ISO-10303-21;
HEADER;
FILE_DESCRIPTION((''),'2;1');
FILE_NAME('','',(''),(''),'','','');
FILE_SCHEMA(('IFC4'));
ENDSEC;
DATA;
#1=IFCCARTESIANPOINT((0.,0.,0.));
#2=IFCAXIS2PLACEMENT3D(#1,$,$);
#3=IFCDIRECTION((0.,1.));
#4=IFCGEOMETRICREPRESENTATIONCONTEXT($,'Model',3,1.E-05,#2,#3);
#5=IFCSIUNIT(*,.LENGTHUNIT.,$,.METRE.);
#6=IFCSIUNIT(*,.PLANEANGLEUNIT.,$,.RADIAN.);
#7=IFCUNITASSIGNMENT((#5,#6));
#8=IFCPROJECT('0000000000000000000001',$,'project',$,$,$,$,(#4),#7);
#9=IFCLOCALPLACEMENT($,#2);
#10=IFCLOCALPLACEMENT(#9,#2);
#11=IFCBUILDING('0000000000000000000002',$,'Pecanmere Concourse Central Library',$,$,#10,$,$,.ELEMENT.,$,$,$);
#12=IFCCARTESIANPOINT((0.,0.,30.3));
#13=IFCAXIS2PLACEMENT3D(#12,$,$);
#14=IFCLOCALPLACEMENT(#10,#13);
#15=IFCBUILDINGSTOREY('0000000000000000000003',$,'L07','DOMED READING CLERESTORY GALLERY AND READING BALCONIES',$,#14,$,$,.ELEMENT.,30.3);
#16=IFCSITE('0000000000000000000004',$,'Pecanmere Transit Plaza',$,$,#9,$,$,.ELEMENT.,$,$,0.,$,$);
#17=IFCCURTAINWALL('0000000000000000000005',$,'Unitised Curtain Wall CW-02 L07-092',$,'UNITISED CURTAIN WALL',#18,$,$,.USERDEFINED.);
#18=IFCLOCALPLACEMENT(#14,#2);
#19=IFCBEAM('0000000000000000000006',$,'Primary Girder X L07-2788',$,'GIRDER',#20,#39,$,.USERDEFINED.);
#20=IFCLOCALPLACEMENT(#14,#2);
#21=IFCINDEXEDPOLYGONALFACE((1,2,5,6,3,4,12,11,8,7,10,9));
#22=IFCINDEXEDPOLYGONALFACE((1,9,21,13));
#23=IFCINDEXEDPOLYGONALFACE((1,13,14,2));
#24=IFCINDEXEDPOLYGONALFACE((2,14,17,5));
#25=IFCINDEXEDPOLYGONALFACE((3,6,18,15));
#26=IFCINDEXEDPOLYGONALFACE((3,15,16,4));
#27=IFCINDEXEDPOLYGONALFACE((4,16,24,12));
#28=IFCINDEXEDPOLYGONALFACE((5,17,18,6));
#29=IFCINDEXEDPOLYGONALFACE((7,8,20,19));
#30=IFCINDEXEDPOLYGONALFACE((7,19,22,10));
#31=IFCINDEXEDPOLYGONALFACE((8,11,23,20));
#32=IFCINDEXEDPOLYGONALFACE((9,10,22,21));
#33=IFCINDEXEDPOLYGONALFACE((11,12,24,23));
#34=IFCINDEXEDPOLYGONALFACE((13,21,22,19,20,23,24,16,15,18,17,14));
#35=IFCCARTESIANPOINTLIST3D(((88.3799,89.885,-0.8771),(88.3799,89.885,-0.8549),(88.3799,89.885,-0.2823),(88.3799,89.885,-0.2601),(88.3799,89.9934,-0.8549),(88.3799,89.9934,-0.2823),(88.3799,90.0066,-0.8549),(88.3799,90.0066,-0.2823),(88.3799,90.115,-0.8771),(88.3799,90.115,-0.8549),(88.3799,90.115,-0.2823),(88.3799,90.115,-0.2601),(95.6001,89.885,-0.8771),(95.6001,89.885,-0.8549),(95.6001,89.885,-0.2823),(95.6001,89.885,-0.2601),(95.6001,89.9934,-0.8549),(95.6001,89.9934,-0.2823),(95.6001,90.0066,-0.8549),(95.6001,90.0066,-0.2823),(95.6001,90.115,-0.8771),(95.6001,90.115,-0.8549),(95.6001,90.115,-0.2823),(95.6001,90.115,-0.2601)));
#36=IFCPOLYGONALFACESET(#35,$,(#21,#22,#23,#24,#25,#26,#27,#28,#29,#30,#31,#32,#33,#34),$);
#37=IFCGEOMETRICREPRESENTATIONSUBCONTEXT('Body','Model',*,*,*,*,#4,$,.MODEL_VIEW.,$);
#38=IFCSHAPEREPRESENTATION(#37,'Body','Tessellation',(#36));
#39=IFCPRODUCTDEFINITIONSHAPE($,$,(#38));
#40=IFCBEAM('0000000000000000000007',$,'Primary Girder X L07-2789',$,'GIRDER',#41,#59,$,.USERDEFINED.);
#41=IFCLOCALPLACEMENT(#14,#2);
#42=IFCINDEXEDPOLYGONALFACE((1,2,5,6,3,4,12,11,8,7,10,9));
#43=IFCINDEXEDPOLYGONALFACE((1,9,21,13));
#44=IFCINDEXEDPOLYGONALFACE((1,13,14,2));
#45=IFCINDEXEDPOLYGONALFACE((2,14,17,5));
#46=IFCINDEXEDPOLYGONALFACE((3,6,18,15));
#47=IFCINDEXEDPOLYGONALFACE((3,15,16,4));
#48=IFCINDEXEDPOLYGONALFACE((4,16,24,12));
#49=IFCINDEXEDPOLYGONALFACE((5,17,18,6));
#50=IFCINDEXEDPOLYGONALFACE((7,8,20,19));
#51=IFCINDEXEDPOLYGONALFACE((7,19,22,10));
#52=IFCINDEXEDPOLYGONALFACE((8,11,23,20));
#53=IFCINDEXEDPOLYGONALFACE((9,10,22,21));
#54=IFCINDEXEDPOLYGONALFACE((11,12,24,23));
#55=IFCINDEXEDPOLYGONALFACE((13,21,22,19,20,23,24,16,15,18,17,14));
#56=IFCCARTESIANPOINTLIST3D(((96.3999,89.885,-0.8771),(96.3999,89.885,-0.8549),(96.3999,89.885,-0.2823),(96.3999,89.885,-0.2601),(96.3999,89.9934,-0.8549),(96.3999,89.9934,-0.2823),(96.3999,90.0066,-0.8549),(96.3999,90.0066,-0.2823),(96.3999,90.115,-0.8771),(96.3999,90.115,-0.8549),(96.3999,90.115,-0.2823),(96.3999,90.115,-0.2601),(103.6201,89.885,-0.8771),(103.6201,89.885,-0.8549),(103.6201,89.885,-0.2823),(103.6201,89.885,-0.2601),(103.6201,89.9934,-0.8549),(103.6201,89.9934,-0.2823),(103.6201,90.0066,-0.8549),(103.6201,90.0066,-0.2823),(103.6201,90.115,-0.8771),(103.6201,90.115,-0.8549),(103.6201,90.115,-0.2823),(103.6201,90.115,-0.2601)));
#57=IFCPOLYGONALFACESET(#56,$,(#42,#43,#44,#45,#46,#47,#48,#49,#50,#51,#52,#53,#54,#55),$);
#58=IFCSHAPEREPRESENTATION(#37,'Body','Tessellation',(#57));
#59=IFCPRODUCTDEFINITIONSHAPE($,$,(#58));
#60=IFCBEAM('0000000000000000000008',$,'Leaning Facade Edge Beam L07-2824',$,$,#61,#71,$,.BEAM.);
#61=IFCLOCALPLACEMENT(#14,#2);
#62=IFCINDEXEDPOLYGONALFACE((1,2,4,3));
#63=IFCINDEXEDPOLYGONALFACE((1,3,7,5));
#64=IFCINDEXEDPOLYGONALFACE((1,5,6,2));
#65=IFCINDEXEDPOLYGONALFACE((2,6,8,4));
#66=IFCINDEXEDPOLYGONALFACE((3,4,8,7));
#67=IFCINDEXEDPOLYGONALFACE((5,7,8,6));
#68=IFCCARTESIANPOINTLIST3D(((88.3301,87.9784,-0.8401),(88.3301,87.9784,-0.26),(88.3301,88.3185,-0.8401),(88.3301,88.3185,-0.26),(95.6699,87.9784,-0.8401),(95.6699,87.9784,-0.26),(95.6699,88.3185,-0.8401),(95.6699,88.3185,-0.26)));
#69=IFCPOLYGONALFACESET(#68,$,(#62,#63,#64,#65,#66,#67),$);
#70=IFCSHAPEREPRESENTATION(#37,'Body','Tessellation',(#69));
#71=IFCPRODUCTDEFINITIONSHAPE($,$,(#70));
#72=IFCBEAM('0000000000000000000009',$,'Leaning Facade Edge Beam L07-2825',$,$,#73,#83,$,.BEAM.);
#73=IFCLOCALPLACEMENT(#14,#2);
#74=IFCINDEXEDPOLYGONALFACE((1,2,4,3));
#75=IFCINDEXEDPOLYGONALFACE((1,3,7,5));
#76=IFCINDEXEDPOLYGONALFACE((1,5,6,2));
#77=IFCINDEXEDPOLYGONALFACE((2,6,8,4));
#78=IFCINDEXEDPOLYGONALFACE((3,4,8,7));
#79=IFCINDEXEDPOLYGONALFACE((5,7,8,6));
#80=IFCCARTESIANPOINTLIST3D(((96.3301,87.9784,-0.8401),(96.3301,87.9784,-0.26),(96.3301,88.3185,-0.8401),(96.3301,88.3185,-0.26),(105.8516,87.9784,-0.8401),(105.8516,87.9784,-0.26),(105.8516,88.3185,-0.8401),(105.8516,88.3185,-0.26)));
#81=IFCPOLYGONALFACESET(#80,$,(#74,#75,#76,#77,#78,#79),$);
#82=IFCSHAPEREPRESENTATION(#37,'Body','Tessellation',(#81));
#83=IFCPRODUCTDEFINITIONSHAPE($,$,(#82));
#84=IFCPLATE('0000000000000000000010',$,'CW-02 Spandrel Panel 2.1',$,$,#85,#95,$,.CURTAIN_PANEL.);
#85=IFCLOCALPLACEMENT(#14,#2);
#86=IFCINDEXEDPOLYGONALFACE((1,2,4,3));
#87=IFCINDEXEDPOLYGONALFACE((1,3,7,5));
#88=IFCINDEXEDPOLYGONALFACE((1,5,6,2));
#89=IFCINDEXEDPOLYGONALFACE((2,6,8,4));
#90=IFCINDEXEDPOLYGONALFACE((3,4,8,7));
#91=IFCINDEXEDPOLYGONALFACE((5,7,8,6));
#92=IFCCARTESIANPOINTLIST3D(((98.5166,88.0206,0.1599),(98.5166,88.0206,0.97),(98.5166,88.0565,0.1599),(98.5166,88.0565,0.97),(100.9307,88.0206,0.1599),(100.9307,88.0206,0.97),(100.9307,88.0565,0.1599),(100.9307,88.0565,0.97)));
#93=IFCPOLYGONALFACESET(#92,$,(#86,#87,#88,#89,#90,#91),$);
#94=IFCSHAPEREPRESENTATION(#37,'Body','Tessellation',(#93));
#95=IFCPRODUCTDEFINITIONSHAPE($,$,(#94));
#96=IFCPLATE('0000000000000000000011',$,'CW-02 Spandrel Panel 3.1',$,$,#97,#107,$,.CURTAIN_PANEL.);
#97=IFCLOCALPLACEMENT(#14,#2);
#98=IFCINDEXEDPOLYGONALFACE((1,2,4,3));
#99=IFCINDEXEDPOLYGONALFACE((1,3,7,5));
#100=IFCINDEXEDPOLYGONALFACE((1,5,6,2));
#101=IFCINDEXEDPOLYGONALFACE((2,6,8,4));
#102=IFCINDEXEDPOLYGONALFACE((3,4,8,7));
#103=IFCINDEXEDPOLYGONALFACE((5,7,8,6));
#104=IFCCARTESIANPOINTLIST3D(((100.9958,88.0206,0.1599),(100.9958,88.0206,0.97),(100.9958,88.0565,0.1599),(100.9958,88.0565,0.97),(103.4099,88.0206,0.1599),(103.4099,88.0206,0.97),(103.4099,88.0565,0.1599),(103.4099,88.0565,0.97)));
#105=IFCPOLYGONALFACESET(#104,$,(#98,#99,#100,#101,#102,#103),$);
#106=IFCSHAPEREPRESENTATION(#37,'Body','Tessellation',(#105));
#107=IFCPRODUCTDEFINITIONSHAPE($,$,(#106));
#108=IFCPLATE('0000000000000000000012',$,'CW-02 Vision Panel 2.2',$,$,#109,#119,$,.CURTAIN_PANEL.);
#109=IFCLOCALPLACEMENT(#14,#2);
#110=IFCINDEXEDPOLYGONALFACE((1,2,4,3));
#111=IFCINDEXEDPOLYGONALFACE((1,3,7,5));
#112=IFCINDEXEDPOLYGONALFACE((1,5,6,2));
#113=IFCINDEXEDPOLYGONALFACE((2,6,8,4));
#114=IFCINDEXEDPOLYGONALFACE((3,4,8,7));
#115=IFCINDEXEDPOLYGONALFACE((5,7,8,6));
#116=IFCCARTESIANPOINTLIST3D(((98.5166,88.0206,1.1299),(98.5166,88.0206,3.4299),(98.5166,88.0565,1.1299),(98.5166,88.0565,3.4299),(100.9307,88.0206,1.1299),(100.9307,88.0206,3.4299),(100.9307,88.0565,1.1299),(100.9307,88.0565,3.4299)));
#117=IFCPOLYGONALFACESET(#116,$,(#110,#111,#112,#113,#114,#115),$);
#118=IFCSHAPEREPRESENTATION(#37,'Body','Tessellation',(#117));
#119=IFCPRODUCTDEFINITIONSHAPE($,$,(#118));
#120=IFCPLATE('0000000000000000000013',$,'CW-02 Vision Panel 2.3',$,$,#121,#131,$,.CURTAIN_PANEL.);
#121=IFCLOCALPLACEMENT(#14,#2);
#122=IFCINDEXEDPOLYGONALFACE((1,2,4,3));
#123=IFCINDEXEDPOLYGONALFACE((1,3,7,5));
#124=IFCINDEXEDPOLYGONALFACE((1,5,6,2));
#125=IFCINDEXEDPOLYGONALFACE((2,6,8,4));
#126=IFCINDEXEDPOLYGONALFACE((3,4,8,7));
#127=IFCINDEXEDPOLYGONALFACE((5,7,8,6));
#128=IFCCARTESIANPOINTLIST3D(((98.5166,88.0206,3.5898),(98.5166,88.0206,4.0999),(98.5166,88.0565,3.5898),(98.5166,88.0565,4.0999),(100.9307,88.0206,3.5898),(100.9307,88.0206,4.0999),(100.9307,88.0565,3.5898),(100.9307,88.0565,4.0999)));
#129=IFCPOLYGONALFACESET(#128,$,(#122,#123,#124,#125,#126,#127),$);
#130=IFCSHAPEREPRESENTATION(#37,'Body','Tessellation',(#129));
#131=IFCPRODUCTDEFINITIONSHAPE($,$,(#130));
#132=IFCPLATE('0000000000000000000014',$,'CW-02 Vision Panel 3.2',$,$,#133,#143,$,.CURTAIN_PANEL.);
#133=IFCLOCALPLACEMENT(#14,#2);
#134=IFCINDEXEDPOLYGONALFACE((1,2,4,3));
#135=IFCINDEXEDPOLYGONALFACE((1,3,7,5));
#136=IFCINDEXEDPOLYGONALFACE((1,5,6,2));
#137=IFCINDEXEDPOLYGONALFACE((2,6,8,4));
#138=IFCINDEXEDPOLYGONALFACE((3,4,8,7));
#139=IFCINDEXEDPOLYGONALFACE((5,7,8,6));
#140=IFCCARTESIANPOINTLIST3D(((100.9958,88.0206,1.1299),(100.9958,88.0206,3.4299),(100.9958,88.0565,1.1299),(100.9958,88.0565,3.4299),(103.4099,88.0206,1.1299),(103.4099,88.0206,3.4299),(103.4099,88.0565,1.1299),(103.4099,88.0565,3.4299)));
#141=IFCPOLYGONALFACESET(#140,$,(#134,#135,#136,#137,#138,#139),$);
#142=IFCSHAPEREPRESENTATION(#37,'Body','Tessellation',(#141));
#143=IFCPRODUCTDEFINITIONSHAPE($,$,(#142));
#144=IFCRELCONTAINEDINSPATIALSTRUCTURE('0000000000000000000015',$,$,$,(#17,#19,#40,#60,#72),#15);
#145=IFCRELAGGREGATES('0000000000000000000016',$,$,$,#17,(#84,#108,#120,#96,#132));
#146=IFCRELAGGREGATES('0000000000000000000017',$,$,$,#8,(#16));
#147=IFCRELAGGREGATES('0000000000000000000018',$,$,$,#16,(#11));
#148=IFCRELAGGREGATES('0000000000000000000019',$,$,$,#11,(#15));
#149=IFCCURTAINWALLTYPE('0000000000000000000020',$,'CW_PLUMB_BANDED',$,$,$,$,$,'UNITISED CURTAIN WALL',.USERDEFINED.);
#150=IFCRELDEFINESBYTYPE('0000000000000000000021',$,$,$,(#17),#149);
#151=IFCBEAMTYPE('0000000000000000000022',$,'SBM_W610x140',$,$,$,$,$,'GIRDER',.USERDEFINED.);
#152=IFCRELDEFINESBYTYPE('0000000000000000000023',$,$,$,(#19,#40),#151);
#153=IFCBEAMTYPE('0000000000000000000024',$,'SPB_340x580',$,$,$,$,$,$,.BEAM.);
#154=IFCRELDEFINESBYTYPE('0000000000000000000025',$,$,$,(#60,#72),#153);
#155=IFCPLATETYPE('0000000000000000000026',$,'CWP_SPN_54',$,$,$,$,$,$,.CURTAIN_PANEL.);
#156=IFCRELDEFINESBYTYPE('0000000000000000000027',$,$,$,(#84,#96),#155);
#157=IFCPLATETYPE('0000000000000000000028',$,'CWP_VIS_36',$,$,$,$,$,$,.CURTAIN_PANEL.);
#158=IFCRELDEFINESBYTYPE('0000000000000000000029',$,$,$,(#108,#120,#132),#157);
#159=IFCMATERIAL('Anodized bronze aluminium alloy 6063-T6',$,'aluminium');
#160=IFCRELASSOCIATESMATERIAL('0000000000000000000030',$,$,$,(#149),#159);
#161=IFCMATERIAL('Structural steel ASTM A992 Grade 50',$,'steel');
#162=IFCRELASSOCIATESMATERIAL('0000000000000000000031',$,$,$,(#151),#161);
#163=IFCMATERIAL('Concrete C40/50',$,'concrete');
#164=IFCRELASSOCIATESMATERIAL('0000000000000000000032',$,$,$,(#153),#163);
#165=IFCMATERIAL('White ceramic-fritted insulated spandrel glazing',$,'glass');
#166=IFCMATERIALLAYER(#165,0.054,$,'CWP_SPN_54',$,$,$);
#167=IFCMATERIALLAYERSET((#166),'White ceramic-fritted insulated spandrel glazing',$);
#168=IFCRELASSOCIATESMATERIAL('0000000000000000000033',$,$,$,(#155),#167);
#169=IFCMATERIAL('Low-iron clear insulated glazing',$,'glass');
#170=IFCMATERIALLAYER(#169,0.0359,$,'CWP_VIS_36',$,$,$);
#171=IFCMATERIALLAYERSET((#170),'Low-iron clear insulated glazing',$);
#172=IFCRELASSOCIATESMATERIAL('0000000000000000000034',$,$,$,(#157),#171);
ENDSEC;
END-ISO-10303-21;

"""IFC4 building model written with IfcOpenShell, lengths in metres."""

from ifc_helpers import new_model, si_unit, direction, frame, origin, origin_2d, place, context, subcontext, project, spatial, rectangle, i_section, extrude, material, layer, layer_set, material_profile, profile_set, type_object, element, aggregate, save


model = new_model("IFC4")

# Units and contexts
model_context = context("Model", 3, precision=1e-05, world=origin(), true_north=direction((0.0, 1.0)))
body_context = subcontext(model_context, "Body", "Model", "MODEL_VIEW")
ifc_project = project(units=[si_unit("LENGTHUNIT", "METRE"), si_unit("PLANEANGLEUNIT", "RADIAN")], contexts=[model_context])

# Site, building, storey
site_placement = place(None, origin())
site = spatial("IfcSite", under=ifc_project, at=site_placement, Name="Pecanmere Transit Plaza", CompositionType="ELEMENT", RefElevation=0.0)
building_placement = place(site_placement, origin())
building = spatial("IfcBuilding", under=site, at=building_placement, Name="Pecanmere Concourse Central Library", CompositionType="ELEMENT")
storey_placement = place(building_placement, frame((0.0, 0.0, 30.3)))
storey = spatial("IfcBuildingStorey", under=building, at=storey_placement, Name="L07", Description="DOMED READING CLERESTORY GALLERY AND READING BALCONIES", CompositionType="ELEMENT", Elevation=30.3)

# Curtain wall
ifc_material_1 = material(Name="Anodized bronze aluminium alloy 6063-T6", Category="aluminium")
curtain_wall_type = type_object("IfcCurtainWallType", Name="CW_PLUMB_BANDED", ElementType="UNITISED CURTAIN WALL", PredefinedType="USERDEFINED", material=ifc_material_1)
curtain_wall_placement = place(storey_placement, origin())
curtain_wall = element("IfcCurtainWall", 1, at=curtain_wall_placement, inside=storey, type_object=curtain_wall_type, Name="Unitised Curtain Wall CW-02 L07-092", ObjectType="UNITISED CURTAIN WALL", PredefinedType="USERDEFINED")

# Beams
ifc_material_2 = material(Name="Structural steel ASTM A992 Grade 50", Category="steel")
ifc_material_profile_1 = material_profile(ifc_material_2, i_section(OverallWidth=0.23, OverallDepth=0.6169, WebThickness=0.0132, FlangeThickness=0.0222, at=origin_2d()), Name="W610x140")
ifc_profile_set_1 = profile_set([ifc_material_profile_1], Name="Structural steel ASTM A992 Grade 50")
beam_type_1 = type_object("IfcBeamType", Name="SBM_W610x140", ElementType="GIRDER", PredefinedType="USERDEFINED", material=ifc_profile_set_1)
for number, where, z_axis, x_axis, name in (
    (2, (88.3799, 90.0, -0.5686), (1.0, 0.0, 0.0), (0.0, 1.0, 0.0), "Primary Girder X L07-2788"),
    (3, (96.3999, 90.0, -0.5686), (1.0, 0.0, 0.0), (0.0, 1.0, 0.0), "Primary Girder X L07-2789"),
):
    element("IfcBeam", number, at=place(storey_placement, frame(where, z_axis=z_axis, x_axis=x_axis)), inside=storey, type_object=beam_type_1, Name=name, ObjectType="GIRDER", PredefinedType="USERDEFINED", context=body_context, shape_type="SweptSolid", body=[
        extrude(i_section(OverallWidth=0.23, OverallDepth=0.6169, WebThickness=0.0132, FlangeThickness=0.0222, at=origin_2d()), origin(), (0.0, 0.0, 1.0), 7.2202),
    ])
ifc_material_3 = material(Name="Concrete C40/50", Category="concrete")
ifc_material_profile_2 = material_profile(ifc_material_3, rectangle(XDim=0.3401, YDim=0.5801, at=origin_2d()), Name="RC 340x580")
ifc_profile_set_2 = profile_set([ifc_material_profile_2], Name="Concrete C40/50")
beam_type_2 = type_object("IfcBeamType", Name="SPB_340x580", PredefinedType="BEAM", material=ifc_profile_set_2)
beam_1_placement = place(storey_placement, frame((88.3301, 88.1484, -0.55), z_axis=(1.0, 0.0, 0.0), x_axis=(0.0, 1.0, 0.0)))
element("IfcBeam", 4, at=beam_1_placement, inside=storey, type_object=beam_type_2, Name="Leaning Facade Edge Beam L07-2824", PredefinedType="BEAM", context=body_context, shape_type="SweptSolid", body=[
    extrude(rectangle(XDim=0.3401, YDim=0.5801, at=origin_2d()), origin(), (0.0, 0.0, 1.0), 7.3398),
])
beam_2_placement = place(storey_placement, frame((96.3301, 88.1484, -0.55), z_axis=(1.0, 0.0, 0.0), x_axis=(0.0, 1.0, 0.0)))
element("IfcBeam", 5, at=beam_2_placement, inside=storey, type_object=beam_type_2, Name="Leaning Facade Edge Beam L07-2825", PredefinedType="BEAM", context=body_context, shape_type="SweptSolid", body=[
    extrude(rectangle(XDim=0.3401, YDim=0.5801, at=origin_2d()), origin(), (0.0, 0.0, 1.0), 9.5215),
])

# Plates
ifc_material_4 = material(Name="White ceramic-fritted insulated spandrel glazing", Category="glass")
ifc_layer_1 = layer(ifc_material_4, 0.054, Name="CWP_SPN_54")
ifc_layer_set_1 = layer_set([ifc_layer_1], Name="White ceramic-fritted insulated spandrel glazing")
plate_type_1 = type_object("IfcPlateType", Name="CWP_SPN_54", PredefinedType="CURTAIN_PANEL", material=ifc_layer_set_1)
plate_1_placement = place(storey_placement, frame((99.7236, 88.0386, 0.1599), z_axis=(0.0, 0.0, 1.0), x_axis=(1.0, 0.0, 0.0)))
plate_1 = element("IfcPlate", 6, at=plate_1_placement, type_object=plate_type_1, Name="CW-02 Spandrel Panel 2.1", PredefinedType="CURTAIN_PANEL", context=body_context, shape_type="SweptSolid", body=[
    extrude(rectangle(XDim=2.4141, YDim=0.0359, at=origin_2d()), origin(), (0.0, 0.0, 1.0), 0.8101),
])
plate_2_placement = place(storey_placement, frame((102.2029, 88.0386, 0.1599), z_axis=(0.0, 0.0, 1.0), x_axis=(1.0, 0.0, 0.0)))
plate_2 = element("IfcPlate", 7, at=plate_2_placement, type_object=plate_type_1, Name="CW-02 Spandrel Panel 3.1", PredefinedType="CURTAIN_PANEL", context=body_context, shape_type="SweptSolid", body=[
    extrude(rectangle(XDim=2.4141, YDim=0.0359, at=origin_2d()), origin(), (0.0, 0.0, 1.0), 0.8101),
])
ifc_material_5 = material(Name="Low-iron clear insulated glazing", Category="glass")
ifc_layer_2 = layer(ifc_material_5, 0.0359, Name="CWP_VIS_36")
ifc_layer_set_2 = layer_set([ifc_layer_2], Name="Low-iron clear insulated glazing")
plate_type_2 = type_object("IfcPlateType", Name="CWP_VIS_36", PredefinedType="CURTAIN_PANEL", material=ifc_layer_set_2)
plate_3_placement = place(storey_placement, frame((99.7236, 88.0386, 1.1299), z_axis=(0.0, 0.0, 1.0), x_axis=(1.0, 0.0, 0.0)))
plate_3 = element("IfcPlate", 8, at=plate_3_placement, type_object=plate_type_2, Name="CW-02 Vision Panel 2.2", PredefinedType="CURTAIN_PANEL", context=body_context, shape_type="SweptSolid", body=[
    extrude(rectangle(XDim=2.4141, YDim=0.0359, at=origin_2d()), origin(), (0.0, 0.0, 1.0), 2.3),
])
plate_4_placement = place(storey_placement, frame((99.7236, 88.0386, 3.5898), z_axis=(0.0, 0.0, 1.0), x_axis=(1.0, 0.0, 0.0)))
plate_4 = element("IfcPlate", 9, at=plate_4_placement, type_object=plate_type_2, Name="CW-02 Vision Panel 2.3", PredefinedType="CURTAIN_PANEL", context=body_context, shape_type="SweptSolid", body=[
    extrude(rectangle(XDim=2.4141, YDim=0.0359, at=origin_2d()), origin(), (0.0, 0.0, 1.0), 0.51),
])
plate_5_placement = place(storey_placement, frame((102.2029, 88.0386, 1.1299), z_axis=(0.0, 0.0, 1.0), x_axis=(1.0, 0.0, 0.0)))
plate_5 = element("IfcPlate", 10, at=plate_5_placement, type_object=plate_type_2, Name="CW-02 Vision Panel 3.2", PredefinedType="CURTAIN_PANEL", context=body_context, shape_type="SweptSolid", body=[
    extrude(rectangle(XDim=2.4141, YDim=0.0359, at=origin_2d()), origin(), (0.0, 0.0, 1.0), 2.3),
])
aggregate(curtain_wall, [plate_1, plate_3, plate_4, plate_2, plate_5])

save(model, "model.ifc")
